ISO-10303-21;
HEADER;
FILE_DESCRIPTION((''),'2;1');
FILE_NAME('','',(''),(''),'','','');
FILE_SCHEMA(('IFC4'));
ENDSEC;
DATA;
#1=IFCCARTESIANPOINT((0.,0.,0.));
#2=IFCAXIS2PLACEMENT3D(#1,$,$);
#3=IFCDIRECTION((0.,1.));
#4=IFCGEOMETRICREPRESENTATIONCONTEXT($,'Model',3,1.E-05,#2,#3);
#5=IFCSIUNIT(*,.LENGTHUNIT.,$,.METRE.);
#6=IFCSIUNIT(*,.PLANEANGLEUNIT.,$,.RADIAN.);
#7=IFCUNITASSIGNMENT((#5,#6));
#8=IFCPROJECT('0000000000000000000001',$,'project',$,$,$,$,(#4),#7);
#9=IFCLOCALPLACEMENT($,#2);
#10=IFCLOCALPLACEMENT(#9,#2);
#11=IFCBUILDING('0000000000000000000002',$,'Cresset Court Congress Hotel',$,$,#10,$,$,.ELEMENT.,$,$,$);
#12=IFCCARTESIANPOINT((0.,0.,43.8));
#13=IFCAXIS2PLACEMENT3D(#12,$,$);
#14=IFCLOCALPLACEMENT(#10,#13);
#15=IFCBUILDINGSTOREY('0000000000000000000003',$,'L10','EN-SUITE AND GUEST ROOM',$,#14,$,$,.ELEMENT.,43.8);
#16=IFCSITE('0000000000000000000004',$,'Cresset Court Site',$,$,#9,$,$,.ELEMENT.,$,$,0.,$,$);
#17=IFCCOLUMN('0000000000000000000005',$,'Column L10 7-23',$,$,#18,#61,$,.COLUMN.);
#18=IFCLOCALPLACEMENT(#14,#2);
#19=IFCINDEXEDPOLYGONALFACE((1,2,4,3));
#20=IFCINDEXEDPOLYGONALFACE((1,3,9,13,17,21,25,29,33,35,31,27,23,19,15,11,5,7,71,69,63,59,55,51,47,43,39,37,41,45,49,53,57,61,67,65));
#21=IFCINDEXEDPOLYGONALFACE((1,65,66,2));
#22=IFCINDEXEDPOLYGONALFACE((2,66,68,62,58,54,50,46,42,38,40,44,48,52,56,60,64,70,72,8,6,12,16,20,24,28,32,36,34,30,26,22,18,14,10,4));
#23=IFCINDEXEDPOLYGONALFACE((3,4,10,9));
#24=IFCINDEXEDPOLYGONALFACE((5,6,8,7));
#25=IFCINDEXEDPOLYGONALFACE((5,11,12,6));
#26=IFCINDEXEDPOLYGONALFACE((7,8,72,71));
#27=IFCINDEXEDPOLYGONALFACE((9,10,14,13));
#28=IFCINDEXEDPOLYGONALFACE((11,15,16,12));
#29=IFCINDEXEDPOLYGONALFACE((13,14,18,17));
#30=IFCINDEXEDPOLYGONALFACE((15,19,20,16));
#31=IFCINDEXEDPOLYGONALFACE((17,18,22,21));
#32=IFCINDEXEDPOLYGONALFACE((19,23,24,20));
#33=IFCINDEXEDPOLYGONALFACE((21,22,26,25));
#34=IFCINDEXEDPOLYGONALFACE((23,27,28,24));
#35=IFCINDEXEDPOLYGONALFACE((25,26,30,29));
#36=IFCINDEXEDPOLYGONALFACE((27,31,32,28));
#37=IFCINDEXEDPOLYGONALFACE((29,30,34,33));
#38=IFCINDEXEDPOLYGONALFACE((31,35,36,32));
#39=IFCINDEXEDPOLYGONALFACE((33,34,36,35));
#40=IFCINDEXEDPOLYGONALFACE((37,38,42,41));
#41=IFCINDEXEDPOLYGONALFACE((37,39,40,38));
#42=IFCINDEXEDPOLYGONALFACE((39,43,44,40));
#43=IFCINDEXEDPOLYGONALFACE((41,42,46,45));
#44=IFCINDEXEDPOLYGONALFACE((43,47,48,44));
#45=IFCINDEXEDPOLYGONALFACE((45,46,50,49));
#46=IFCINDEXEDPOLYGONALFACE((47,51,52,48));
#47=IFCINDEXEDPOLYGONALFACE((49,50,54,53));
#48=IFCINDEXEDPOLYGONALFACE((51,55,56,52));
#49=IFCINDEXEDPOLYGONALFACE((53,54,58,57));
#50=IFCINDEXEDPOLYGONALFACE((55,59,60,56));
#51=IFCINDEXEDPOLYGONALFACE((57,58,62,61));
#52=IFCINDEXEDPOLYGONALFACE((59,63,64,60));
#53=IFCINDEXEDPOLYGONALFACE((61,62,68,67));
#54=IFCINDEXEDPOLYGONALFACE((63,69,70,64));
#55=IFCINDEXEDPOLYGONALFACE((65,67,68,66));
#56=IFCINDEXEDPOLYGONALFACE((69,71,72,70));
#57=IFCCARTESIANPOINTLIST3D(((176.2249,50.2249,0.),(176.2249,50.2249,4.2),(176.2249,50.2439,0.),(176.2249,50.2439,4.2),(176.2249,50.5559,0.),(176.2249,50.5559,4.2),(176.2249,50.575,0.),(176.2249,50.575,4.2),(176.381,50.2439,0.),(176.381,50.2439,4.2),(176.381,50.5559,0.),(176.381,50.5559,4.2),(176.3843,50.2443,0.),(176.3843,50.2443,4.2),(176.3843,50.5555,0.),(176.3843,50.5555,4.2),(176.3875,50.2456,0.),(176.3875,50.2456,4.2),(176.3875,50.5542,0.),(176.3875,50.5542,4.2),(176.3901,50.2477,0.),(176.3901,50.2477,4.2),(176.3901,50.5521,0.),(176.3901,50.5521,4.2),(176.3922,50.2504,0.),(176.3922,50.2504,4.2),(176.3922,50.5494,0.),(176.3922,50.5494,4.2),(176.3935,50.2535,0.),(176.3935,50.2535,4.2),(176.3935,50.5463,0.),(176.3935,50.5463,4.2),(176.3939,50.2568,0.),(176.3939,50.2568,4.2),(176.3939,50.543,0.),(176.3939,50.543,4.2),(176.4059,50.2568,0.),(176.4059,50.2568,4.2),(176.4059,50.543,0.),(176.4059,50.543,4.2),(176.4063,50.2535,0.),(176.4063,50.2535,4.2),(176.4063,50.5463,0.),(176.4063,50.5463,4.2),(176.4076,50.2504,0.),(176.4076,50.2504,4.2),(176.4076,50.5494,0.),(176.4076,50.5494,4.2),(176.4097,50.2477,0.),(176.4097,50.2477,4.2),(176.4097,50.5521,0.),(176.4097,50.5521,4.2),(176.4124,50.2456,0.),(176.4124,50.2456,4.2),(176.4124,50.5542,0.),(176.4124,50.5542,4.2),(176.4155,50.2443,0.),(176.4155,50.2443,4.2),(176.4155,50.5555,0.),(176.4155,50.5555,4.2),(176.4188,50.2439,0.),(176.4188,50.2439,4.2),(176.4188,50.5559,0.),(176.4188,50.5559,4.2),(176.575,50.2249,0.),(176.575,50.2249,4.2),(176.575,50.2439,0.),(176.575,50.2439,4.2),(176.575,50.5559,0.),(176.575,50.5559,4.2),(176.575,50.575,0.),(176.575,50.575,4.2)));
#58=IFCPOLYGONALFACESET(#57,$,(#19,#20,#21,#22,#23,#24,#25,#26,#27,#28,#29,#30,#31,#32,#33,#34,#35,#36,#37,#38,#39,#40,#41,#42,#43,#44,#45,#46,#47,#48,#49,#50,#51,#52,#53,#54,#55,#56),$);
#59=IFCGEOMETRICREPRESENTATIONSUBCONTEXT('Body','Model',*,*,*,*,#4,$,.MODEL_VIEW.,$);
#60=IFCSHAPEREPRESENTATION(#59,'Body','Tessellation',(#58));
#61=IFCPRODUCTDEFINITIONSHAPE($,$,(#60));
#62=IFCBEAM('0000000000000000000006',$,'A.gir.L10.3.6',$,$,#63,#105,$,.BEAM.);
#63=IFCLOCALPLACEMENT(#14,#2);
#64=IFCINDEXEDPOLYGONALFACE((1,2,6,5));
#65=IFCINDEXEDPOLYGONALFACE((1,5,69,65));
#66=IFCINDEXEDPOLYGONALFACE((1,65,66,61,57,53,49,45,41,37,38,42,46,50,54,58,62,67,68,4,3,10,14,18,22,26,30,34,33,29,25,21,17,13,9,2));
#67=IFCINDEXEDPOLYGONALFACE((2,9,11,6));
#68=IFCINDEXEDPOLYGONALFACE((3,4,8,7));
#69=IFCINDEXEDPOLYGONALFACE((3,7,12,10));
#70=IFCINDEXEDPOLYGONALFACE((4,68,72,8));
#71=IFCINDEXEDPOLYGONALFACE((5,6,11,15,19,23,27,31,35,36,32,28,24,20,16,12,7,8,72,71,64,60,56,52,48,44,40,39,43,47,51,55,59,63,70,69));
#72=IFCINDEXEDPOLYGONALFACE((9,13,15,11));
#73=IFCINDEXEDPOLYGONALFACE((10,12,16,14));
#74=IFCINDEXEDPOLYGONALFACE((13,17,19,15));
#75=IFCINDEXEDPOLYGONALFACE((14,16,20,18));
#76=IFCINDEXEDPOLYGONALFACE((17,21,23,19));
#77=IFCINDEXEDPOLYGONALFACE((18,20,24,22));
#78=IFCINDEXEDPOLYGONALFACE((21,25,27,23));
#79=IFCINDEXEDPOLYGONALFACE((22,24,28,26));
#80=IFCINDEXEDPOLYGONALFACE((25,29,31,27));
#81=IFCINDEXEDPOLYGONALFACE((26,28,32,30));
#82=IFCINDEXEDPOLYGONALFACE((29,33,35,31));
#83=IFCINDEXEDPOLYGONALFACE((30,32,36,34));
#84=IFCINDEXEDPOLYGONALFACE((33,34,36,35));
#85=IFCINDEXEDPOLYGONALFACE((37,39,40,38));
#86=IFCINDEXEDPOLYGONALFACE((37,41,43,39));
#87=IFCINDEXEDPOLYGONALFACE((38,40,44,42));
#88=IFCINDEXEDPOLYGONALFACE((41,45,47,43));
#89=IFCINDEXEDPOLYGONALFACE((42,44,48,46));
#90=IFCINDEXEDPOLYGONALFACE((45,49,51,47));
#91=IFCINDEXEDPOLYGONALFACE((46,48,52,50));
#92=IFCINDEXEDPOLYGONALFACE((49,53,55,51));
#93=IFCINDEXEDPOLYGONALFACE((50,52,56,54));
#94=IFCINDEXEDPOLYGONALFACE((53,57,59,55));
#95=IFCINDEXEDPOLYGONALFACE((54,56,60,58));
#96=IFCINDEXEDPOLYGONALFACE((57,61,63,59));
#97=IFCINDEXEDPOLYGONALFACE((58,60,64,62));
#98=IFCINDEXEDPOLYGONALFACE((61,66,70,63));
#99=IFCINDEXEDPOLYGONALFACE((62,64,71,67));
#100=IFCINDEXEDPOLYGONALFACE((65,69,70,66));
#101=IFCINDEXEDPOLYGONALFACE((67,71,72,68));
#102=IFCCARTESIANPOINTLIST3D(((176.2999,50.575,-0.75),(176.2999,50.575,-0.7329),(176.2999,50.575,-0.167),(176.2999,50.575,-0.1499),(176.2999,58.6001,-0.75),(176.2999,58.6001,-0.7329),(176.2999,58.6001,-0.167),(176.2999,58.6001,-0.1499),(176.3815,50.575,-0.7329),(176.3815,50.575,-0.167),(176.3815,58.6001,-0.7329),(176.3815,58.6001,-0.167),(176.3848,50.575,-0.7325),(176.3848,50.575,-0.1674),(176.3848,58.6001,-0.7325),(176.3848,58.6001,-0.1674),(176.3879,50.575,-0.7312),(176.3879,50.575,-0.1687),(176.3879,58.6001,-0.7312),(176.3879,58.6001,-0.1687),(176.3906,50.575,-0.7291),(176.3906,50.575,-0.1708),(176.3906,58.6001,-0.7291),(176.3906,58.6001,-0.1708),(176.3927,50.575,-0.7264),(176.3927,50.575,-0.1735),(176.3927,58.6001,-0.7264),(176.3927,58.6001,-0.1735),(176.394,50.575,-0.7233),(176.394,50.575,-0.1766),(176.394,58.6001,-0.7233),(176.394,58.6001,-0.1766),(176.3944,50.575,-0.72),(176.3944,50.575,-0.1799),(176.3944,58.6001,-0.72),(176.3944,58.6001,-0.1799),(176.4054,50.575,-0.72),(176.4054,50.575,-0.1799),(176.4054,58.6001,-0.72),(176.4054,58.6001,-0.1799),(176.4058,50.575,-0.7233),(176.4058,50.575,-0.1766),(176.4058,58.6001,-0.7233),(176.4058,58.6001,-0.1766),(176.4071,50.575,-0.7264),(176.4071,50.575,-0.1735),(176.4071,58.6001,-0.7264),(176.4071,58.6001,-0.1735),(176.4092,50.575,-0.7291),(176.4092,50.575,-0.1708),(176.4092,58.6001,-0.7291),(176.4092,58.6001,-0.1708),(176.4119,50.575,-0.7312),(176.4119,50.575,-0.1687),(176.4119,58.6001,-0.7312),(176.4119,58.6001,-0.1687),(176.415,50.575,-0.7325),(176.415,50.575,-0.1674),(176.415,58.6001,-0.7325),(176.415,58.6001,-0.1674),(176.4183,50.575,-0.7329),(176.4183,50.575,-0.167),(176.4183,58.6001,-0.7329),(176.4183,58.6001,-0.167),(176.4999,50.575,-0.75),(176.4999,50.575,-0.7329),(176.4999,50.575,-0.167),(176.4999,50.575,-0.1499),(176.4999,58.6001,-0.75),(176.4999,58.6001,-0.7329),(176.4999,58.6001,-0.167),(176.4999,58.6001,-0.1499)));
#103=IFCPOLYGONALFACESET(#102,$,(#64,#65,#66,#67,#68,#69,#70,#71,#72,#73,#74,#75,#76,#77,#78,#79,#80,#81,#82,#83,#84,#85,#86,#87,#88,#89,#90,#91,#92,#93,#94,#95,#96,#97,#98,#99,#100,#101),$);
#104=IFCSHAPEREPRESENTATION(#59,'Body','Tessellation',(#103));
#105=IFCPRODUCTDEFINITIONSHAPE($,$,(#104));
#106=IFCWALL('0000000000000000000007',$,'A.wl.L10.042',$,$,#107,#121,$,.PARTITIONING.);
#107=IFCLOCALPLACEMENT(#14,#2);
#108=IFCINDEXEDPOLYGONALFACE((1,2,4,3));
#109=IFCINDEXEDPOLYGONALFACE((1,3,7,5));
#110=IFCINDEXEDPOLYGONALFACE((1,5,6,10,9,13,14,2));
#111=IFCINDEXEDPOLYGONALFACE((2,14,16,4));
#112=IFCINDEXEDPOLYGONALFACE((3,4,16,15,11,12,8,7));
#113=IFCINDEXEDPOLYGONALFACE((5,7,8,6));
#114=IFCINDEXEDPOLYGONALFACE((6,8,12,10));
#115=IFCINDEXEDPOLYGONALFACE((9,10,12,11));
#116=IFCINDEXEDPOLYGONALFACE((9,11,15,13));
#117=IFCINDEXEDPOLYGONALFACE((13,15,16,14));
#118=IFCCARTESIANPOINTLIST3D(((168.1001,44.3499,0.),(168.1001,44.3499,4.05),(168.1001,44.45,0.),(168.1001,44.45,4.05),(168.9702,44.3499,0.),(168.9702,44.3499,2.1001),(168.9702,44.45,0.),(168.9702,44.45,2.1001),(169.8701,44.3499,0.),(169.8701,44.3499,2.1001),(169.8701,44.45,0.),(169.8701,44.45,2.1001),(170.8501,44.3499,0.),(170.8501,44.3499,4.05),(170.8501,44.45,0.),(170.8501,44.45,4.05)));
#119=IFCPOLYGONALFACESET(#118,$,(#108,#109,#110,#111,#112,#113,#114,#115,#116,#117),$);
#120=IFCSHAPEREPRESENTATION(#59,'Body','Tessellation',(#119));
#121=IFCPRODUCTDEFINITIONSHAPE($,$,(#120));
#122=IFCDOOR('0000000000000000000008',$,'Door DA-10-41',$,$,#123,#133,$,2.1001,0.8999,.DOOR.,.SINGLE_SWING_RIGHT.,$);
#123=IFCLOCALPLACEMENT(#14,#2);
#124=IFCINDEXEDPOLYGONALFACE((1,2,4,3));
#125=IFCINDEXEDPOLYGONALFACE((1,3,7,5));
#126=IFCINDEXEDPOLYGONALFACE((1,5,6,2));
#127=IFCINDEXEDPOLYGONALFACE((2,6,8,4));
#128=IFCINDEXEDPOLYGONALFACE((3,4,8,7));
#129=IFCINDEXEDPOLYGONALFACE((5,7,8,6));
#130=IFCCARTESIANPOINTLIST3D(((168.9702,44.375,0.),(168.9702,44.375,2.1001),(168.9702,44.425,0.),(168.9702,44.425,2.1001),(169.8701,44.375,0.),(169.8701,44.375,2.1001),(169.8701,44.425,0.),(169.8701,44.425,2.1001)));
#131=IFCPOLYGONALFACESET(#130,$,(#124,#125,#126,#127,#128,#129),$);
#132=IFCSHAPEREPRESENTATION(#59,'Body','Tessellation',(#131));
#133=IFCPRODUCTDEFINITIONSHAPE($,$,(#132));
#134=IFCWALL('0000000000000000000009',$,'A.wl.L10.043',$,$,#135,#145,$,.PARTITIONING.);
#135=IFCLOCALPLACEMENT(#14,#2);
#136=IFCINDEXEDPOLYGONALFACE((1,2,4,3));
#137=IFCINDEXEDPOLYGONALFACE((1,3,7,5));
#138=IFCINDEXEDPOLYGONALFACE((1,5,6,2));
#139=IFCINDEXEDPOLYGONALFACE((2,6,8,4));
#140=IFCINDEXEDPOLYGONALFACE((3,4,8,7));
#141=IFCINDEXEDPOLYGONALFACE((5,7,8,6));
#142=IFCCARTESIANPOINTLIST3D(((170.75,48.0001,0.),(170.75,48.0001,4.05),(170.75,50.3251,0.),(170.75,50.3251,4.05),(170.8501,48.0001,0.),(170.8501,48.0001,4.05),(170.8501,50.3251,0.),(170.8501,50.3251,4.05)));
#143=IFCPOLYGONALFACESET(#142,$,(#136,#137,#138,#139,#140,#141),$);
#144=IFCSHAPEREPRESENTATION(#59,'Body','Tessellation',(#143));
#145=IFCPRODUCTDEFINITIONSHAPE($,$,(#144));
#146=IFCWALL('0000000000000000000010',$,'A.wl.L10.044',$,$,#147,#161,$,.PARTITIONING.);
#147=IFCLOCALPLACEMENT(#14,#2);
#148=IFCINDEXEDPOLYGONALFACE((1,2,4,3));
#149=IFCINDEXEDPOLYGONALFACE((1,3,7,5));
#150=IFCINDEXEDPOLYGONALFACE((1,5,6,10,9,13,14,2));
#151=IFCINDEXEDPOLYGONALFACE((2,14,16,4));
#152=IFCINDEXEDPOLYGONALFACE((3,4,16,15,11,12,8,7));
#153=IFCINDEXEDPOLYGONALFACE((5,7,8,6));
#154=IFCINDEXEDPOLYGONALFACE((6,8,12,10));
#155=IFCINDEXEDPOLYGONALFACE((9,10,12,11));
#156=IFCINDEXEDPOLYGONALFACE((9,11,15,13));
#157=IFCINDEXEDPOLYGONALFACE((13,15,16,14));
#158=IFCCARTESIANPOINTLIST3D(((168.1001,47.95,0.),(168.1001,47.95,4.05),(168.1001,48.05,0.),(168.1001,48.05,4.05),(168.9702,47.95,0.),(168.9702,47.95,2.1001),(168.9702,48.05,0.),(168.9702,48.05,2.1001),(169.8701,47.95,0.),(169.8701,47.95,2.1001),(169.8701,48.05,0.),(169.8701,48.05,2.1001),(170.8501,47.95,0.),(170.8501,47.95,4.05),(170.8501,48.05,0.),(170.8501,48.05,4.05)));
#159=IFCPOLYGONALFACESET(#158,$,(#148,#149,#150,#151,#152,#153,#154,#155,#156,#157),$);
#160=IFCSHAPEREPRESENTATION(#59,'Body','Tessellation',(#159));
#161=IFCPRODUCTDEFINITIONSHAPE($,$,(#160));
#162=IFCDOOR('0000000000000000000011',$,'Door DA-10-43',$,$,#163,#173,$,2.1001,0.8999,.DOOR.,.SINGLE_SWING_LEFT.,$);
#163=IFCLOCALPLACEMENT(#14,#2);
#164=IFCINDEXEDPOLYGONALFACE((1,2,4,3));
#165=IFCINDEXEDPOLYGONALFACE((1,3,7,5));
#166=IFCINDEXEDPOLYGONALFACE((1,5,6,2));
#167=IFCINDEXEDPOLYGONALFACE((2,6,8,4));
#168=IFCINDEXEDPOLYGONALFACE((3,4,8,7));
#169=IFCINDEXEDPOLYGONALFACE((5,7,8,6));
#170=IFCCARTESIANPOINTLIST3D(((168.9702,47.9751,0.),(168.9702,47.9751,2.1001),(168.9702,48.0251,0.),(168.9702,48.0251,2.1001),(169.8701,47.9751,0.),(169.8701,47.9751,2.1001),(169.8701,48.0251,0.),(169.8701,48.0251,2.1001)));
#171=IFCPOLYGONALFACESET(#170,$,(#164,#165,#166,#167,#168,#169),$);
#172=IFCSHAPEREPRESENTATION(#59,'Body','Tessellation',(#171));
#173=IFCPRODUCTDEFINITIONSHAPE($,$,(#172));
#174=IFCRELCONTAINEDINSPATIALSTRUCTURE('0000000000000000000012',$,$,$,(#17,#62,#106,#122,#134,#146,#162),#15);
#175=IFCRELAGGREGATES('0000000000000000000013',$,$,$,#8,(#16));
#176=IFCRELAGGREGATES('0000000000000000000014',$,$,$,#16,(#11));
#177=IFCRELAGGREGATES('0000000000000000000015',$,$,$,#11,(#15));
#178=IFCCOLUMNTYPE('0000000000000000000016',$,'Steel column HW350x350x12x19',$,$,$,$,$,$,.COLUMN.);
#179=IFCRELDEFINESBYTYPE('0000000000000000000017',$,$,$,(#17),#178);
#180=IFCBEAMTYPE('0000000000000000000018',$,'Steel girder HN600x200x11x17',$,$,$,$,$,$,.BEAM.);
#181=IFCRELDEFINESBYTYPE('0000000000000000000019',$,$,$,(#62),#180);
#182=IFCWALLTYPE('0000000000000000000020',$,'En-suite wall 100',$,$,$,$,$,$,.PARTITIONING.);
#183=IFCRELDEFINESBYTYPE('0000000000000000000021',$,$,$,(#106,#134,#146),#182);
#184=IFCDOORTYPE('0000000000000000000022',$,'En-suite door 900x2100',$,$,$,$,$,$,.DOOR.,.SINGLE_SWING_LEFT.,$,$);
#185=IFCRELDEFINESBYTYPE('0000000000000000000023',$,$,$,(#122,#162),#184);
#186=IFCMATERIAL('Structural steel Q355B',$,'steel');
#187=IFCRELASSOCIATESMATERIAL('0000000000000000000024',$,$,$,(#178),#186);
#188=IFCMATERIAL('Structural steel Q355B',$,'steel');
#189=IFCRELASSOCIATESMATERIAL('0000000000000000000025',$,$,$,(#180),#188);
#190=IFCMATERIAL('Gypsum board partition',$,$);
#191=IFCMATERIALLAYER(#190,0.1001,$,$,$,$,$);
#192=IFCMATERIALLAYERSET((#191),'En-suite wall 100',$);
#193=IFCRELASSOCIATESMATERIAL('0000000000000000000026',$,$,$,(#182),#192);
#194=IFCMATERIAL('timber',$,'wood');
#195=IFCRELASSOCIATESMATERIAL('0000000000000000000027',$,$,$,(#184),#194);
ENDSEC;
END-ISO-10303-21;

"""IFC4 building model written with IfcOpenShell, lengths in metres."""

from ifc_helpers import new_model, si_unit, direction, frame, frame_2d, origin, origin_2d, place, context, subcontext, project, spatial, rectangle, i_section, extrude, material, layer, layer_set, material_profile, profile_set, type_object, element, fill, save


model = new_model("IFC4")

# Units and contexts
model_context = context("Model", 3, precision=1e-05, world=origin(), true_north=direction((0.0, 1.0)))
body_context = subcontext(model_context, "Body", "Model", "MODEL_VIEW")
ifc_project = project(units=[si_unit("LENGTHUNIT", "METRE"), si_unit("PLANEANGLEUNIT", "RADIAN")], contexts=[model_context])

# Site, building, storey
site_placement = place(None, origin())
site = spatial("IfcSite", under=ifc_project, at=site_placement, Name="Cresset Court Site", CompositionType="ELEMENT", RefElevation=0.0)
building_placement = place(site_placement, origin())
building = spatial("IfcBuilding", under=site, at=building_placement, Name="Cresset Court Congress Hotel", CompositionType="ELEMENT")
storey_placement = place(building_placement, frame((0.0, 0.0, 43.8)))
storey = spatial("IfcBuildingStorey", under=building, at=storey_placement, Name="L10", Description="EN-SUITE AND GUEST ROOM", CompositionType="ELEMENT", Elevation=43.8)

# Column
ifc_material_1 = material(Name="Structural steel Q355B", Category="steel")
ifc_material_profile_1 = material_profile(ifc_material_1, i_section(OverallWidth=0.3501, OverallDepth=0.3501, WebThickness=0.012, FlangeThickness=0.019, FilletRadius=0.0129, at=origin_2d()), Name="HW350x350x12x19")
ifc_profile_set_1 = profile_set([ifc_material_profile_1], Name="Structural steel Q355B")
column_type = type_object("IfcColumnType", Name="Steel column HW350x350x12x19", PredefinedType="COLUMN", material=ifc_profile_set_1)
column_placement = place(storey_placement, frame((176.3999, 50.3999, 0.0), z_axis=(0.0, 0.0, 1.0), x_axis=(1.0, 0.0, 0.0)))
element("IfcColumn", 1, at=column_placement, inside=storey, type_object=column_type, Name="Column L10 7-23", PredefinedType="COLUMN", context=body_context, shape_type="SweptSolid", body=[
    extrude(i_section(OverallWidth=0.3501, OverallDepth=0.3501, WebThickness=0.012, FlangeThickness=0.019, FilletRadius=0.0129, at=origin_2d()), origin(), (0.0, 0.0, 1.0), 4.2),
])

# Beam
ifc_material_2 = material(Name="Structural steel Q355B", Category="steel")
ifc_material_profile_2 = material_profile(ifc_material_2, i_section(OverallWidth=0.2, OverallDepth=0.6001, WebThickness=0.011, FlangeThickness=0.0171, FilletRadius=0.0129, at=origin_2d()), Name="HN600x200x11x17")
ifc_profile_set_2 = profile_set([ifc_material_profile_2], Name="Structural steel Q355B")
beam_type = type_object("IfcBeamType", Name="Steel girder HN600x200x11x17", PredefinedType="BEAM", material=ifc_profile_set_2)
beam_placement = place(storey_placement, frame((176.3999, 50.575, -0.45), z_axis=(0.0, 1.0, 0.0), x_axis=(-1.0, 0.0, 0.0)))
element("IfcBeam", 2, at=beam_placement, inside=storey, type_object=beam_type, Name="A.gir.L10.3.6", PredefinedType="BEAM", context=body_context, shape_type="SweptSolid", body=[
    extrude(i_section(OverallWidth=0.2, OverallDepth=0.6001, WebThickness=0.011, FlangeThickness=0.0171, FilletRadius=0.0129, at=origin_2d()), origin(), (0.0, 0.0, 1.0), 8.0251),
])

# Wall, opening, door
ifc_material_3 = material(Name="Gypsum board partition")
ifc_layer_1 = layer(ifc_material_3, 0.1001)
ifc_layer_set_1 = layer_set([ifc_layer_1], Name="En-suite wall 100")
wall_type_1 = type_object("IfcWallType", Name="En-suite wall 100", PredefinedType="PARTITIONING", material=ifc_layer_set_1)
wall_1_placement = place(storey_placement, frame((170.8501, 44.3999, 0.0), z_axis=(0.0, 0.0, 1.0), x_axis=(-1.0, 0.0, 0.0)))
wall_1 = element("IfcWall", 3, at=wall_1_placement, inside=storey, type_object=wall_type_1, Name="A.wl.L10.042", PredefinedType="PARTITIONING", context=body_context, shape_type="SweptSolid", body=[
    extrude(rectangle(XDim=2.75, YDim=0.1001, at=frame_2d((1.375, 0.0))), origin(), (0.0, 0.0, 1.0), 4.05),
])
opening_1_placement = place(wall_1_placement, frame((0.98, 0.0, 0.0)))
opening_1 = element("IfcOpeningElement", 4, at=opening_1_placement, cuts=wall_1, PredefinedType="OPENING", context=body_context, shape_type="SweptSolid", body=[
    extrude(rectangle(XDim=0.8999, YDim=2.1001, at=frame_2d((0.45, 1.05))), frame((0.0, 0.0601, 0.0), z_axis=(0.0, -1.0, 0.0), x_axis=(1.0, 0.0, 0.0)), (0.0, 0.0, 1.0), 0.1201),
])
ifc_material_4 = material(Name="timber", Category="wood")
door_type = type_object("IfcDoorType", Name="En-suite door 900x2100", OperationType="SINGLE_SWING_LEFT", PredefinedType="DOOR", material=ifc_material_4)
door_1_placement = place(opening_1_placement, origin())
door_1 = element("IfcDoor", 5, at=door_1_placement, inside=storey, type_object=door_type, Name="Door DA-10-41", OperationType="SINGLE_SWING_RIGHT", OverallHeight=2.1001, OverallWidth=0.8999, PredefinedType="DOOR", context=body_context, shape_type="SweptSolid", body=[
    extrude(rectangle(XDim=0.8999, YDim=2.1001, at=frame_2d((0.45, 1.05))), frame((0.0, 0.0249, 0.0), z_axis=(0.0, -1.0, 0.0), x_axis=(1.0, 0.0, 0.0)), (0.0, 0.0, 1.0), 0.05),
])
fill(opening_1, door_1)

# Wall
wall_2_placement = place(storey_placement, frame((170.8, 48.0, 0.0), z_axis=(0.0, 0.0, 1.0), x_axis=(0.0, 1.0, 0.0)))
element("IfcWall", 6, at=wall_2_placement, inside=storey, type_object=wall_type_1, Name="A.wl.L10.043", PredefinedType="PARTITIONING", context=body_context, shape_type="SweptSolid", body=[
    extrude(rectangle(XDim=2.325, YDim=0.1001, at=frame_2d((1.1626, 0.0))), origin(), (0.0, 0.0, 1.0), 4.05),
])

# Wall, opening, door
wall_3_placement = place(storey_placement, frame((170.8501, 48.0, 0.0), z_axis=(0.0, 0.0, 1.0), x_axis=(-1.0, 0.0, 0.0)))
wall_3 = element("IfcWall", 7, at=wall_3_placement, inside=storey, type_object=wall_type_1, Name="A.wl.L10.044", PredefinedType="PARTITIONING", context=body_context, shape_type="SweptSolid", body=[
    extrude(rectangle(XDim=2.75, YDim=0.1001, at=frame_2d((1.375, 0.0))), origin(), (0.0, 0.0, 1.0), 4.05),
])
opening_2_placement = place(wall_3_placement, frame((0.98, 0.0, 0.0)))
opening_2 = element("IfcOpeningElement", 8, at=opening_2_placement, cuts=wall_3, PredefinedType="OPENING", context=body_context, shape_type="SweptSolid", body=[
    extrude(rectangle(XDim=0.8999, YDim=2.1001, at=frame_2d((0.45, 1.05))), frame((0.0, 0.0601, 0.0), z_axis=(0.0, -1.0, 0.0), x_axis=(1.0, 0.0, 0.0)), (0.0, 0.0, 1.0), 0.1201),
])
door_2_placement = place(opening_2_placement, origin())
door_2 = element("IfcDoor", 9, at=door_2_placement, inside=storey, type_object=door_type, Name="Door DA-10-43", OperationType="SINGLE_SWING_LEFT", OverallHeight=2.1001, OverallWidth=0.8999, PredefinedType="DOOR", context=body_context, shape_type="SweptSolid", body=[
    extrude(rectangle(XDim=0.8999, YDim=2.1001, at=frame_2d((0.45, 1.05))), frame((0.0, 0.0249, 0.0), z_axis=(0.0, -1.0, 0.0), x_axis=(1.0, 0.0, 0.0)), (0.0, 0.0, 1.0), 0.05),
])
fill(opening_2, door_2)

save(model, "model.ifc")
